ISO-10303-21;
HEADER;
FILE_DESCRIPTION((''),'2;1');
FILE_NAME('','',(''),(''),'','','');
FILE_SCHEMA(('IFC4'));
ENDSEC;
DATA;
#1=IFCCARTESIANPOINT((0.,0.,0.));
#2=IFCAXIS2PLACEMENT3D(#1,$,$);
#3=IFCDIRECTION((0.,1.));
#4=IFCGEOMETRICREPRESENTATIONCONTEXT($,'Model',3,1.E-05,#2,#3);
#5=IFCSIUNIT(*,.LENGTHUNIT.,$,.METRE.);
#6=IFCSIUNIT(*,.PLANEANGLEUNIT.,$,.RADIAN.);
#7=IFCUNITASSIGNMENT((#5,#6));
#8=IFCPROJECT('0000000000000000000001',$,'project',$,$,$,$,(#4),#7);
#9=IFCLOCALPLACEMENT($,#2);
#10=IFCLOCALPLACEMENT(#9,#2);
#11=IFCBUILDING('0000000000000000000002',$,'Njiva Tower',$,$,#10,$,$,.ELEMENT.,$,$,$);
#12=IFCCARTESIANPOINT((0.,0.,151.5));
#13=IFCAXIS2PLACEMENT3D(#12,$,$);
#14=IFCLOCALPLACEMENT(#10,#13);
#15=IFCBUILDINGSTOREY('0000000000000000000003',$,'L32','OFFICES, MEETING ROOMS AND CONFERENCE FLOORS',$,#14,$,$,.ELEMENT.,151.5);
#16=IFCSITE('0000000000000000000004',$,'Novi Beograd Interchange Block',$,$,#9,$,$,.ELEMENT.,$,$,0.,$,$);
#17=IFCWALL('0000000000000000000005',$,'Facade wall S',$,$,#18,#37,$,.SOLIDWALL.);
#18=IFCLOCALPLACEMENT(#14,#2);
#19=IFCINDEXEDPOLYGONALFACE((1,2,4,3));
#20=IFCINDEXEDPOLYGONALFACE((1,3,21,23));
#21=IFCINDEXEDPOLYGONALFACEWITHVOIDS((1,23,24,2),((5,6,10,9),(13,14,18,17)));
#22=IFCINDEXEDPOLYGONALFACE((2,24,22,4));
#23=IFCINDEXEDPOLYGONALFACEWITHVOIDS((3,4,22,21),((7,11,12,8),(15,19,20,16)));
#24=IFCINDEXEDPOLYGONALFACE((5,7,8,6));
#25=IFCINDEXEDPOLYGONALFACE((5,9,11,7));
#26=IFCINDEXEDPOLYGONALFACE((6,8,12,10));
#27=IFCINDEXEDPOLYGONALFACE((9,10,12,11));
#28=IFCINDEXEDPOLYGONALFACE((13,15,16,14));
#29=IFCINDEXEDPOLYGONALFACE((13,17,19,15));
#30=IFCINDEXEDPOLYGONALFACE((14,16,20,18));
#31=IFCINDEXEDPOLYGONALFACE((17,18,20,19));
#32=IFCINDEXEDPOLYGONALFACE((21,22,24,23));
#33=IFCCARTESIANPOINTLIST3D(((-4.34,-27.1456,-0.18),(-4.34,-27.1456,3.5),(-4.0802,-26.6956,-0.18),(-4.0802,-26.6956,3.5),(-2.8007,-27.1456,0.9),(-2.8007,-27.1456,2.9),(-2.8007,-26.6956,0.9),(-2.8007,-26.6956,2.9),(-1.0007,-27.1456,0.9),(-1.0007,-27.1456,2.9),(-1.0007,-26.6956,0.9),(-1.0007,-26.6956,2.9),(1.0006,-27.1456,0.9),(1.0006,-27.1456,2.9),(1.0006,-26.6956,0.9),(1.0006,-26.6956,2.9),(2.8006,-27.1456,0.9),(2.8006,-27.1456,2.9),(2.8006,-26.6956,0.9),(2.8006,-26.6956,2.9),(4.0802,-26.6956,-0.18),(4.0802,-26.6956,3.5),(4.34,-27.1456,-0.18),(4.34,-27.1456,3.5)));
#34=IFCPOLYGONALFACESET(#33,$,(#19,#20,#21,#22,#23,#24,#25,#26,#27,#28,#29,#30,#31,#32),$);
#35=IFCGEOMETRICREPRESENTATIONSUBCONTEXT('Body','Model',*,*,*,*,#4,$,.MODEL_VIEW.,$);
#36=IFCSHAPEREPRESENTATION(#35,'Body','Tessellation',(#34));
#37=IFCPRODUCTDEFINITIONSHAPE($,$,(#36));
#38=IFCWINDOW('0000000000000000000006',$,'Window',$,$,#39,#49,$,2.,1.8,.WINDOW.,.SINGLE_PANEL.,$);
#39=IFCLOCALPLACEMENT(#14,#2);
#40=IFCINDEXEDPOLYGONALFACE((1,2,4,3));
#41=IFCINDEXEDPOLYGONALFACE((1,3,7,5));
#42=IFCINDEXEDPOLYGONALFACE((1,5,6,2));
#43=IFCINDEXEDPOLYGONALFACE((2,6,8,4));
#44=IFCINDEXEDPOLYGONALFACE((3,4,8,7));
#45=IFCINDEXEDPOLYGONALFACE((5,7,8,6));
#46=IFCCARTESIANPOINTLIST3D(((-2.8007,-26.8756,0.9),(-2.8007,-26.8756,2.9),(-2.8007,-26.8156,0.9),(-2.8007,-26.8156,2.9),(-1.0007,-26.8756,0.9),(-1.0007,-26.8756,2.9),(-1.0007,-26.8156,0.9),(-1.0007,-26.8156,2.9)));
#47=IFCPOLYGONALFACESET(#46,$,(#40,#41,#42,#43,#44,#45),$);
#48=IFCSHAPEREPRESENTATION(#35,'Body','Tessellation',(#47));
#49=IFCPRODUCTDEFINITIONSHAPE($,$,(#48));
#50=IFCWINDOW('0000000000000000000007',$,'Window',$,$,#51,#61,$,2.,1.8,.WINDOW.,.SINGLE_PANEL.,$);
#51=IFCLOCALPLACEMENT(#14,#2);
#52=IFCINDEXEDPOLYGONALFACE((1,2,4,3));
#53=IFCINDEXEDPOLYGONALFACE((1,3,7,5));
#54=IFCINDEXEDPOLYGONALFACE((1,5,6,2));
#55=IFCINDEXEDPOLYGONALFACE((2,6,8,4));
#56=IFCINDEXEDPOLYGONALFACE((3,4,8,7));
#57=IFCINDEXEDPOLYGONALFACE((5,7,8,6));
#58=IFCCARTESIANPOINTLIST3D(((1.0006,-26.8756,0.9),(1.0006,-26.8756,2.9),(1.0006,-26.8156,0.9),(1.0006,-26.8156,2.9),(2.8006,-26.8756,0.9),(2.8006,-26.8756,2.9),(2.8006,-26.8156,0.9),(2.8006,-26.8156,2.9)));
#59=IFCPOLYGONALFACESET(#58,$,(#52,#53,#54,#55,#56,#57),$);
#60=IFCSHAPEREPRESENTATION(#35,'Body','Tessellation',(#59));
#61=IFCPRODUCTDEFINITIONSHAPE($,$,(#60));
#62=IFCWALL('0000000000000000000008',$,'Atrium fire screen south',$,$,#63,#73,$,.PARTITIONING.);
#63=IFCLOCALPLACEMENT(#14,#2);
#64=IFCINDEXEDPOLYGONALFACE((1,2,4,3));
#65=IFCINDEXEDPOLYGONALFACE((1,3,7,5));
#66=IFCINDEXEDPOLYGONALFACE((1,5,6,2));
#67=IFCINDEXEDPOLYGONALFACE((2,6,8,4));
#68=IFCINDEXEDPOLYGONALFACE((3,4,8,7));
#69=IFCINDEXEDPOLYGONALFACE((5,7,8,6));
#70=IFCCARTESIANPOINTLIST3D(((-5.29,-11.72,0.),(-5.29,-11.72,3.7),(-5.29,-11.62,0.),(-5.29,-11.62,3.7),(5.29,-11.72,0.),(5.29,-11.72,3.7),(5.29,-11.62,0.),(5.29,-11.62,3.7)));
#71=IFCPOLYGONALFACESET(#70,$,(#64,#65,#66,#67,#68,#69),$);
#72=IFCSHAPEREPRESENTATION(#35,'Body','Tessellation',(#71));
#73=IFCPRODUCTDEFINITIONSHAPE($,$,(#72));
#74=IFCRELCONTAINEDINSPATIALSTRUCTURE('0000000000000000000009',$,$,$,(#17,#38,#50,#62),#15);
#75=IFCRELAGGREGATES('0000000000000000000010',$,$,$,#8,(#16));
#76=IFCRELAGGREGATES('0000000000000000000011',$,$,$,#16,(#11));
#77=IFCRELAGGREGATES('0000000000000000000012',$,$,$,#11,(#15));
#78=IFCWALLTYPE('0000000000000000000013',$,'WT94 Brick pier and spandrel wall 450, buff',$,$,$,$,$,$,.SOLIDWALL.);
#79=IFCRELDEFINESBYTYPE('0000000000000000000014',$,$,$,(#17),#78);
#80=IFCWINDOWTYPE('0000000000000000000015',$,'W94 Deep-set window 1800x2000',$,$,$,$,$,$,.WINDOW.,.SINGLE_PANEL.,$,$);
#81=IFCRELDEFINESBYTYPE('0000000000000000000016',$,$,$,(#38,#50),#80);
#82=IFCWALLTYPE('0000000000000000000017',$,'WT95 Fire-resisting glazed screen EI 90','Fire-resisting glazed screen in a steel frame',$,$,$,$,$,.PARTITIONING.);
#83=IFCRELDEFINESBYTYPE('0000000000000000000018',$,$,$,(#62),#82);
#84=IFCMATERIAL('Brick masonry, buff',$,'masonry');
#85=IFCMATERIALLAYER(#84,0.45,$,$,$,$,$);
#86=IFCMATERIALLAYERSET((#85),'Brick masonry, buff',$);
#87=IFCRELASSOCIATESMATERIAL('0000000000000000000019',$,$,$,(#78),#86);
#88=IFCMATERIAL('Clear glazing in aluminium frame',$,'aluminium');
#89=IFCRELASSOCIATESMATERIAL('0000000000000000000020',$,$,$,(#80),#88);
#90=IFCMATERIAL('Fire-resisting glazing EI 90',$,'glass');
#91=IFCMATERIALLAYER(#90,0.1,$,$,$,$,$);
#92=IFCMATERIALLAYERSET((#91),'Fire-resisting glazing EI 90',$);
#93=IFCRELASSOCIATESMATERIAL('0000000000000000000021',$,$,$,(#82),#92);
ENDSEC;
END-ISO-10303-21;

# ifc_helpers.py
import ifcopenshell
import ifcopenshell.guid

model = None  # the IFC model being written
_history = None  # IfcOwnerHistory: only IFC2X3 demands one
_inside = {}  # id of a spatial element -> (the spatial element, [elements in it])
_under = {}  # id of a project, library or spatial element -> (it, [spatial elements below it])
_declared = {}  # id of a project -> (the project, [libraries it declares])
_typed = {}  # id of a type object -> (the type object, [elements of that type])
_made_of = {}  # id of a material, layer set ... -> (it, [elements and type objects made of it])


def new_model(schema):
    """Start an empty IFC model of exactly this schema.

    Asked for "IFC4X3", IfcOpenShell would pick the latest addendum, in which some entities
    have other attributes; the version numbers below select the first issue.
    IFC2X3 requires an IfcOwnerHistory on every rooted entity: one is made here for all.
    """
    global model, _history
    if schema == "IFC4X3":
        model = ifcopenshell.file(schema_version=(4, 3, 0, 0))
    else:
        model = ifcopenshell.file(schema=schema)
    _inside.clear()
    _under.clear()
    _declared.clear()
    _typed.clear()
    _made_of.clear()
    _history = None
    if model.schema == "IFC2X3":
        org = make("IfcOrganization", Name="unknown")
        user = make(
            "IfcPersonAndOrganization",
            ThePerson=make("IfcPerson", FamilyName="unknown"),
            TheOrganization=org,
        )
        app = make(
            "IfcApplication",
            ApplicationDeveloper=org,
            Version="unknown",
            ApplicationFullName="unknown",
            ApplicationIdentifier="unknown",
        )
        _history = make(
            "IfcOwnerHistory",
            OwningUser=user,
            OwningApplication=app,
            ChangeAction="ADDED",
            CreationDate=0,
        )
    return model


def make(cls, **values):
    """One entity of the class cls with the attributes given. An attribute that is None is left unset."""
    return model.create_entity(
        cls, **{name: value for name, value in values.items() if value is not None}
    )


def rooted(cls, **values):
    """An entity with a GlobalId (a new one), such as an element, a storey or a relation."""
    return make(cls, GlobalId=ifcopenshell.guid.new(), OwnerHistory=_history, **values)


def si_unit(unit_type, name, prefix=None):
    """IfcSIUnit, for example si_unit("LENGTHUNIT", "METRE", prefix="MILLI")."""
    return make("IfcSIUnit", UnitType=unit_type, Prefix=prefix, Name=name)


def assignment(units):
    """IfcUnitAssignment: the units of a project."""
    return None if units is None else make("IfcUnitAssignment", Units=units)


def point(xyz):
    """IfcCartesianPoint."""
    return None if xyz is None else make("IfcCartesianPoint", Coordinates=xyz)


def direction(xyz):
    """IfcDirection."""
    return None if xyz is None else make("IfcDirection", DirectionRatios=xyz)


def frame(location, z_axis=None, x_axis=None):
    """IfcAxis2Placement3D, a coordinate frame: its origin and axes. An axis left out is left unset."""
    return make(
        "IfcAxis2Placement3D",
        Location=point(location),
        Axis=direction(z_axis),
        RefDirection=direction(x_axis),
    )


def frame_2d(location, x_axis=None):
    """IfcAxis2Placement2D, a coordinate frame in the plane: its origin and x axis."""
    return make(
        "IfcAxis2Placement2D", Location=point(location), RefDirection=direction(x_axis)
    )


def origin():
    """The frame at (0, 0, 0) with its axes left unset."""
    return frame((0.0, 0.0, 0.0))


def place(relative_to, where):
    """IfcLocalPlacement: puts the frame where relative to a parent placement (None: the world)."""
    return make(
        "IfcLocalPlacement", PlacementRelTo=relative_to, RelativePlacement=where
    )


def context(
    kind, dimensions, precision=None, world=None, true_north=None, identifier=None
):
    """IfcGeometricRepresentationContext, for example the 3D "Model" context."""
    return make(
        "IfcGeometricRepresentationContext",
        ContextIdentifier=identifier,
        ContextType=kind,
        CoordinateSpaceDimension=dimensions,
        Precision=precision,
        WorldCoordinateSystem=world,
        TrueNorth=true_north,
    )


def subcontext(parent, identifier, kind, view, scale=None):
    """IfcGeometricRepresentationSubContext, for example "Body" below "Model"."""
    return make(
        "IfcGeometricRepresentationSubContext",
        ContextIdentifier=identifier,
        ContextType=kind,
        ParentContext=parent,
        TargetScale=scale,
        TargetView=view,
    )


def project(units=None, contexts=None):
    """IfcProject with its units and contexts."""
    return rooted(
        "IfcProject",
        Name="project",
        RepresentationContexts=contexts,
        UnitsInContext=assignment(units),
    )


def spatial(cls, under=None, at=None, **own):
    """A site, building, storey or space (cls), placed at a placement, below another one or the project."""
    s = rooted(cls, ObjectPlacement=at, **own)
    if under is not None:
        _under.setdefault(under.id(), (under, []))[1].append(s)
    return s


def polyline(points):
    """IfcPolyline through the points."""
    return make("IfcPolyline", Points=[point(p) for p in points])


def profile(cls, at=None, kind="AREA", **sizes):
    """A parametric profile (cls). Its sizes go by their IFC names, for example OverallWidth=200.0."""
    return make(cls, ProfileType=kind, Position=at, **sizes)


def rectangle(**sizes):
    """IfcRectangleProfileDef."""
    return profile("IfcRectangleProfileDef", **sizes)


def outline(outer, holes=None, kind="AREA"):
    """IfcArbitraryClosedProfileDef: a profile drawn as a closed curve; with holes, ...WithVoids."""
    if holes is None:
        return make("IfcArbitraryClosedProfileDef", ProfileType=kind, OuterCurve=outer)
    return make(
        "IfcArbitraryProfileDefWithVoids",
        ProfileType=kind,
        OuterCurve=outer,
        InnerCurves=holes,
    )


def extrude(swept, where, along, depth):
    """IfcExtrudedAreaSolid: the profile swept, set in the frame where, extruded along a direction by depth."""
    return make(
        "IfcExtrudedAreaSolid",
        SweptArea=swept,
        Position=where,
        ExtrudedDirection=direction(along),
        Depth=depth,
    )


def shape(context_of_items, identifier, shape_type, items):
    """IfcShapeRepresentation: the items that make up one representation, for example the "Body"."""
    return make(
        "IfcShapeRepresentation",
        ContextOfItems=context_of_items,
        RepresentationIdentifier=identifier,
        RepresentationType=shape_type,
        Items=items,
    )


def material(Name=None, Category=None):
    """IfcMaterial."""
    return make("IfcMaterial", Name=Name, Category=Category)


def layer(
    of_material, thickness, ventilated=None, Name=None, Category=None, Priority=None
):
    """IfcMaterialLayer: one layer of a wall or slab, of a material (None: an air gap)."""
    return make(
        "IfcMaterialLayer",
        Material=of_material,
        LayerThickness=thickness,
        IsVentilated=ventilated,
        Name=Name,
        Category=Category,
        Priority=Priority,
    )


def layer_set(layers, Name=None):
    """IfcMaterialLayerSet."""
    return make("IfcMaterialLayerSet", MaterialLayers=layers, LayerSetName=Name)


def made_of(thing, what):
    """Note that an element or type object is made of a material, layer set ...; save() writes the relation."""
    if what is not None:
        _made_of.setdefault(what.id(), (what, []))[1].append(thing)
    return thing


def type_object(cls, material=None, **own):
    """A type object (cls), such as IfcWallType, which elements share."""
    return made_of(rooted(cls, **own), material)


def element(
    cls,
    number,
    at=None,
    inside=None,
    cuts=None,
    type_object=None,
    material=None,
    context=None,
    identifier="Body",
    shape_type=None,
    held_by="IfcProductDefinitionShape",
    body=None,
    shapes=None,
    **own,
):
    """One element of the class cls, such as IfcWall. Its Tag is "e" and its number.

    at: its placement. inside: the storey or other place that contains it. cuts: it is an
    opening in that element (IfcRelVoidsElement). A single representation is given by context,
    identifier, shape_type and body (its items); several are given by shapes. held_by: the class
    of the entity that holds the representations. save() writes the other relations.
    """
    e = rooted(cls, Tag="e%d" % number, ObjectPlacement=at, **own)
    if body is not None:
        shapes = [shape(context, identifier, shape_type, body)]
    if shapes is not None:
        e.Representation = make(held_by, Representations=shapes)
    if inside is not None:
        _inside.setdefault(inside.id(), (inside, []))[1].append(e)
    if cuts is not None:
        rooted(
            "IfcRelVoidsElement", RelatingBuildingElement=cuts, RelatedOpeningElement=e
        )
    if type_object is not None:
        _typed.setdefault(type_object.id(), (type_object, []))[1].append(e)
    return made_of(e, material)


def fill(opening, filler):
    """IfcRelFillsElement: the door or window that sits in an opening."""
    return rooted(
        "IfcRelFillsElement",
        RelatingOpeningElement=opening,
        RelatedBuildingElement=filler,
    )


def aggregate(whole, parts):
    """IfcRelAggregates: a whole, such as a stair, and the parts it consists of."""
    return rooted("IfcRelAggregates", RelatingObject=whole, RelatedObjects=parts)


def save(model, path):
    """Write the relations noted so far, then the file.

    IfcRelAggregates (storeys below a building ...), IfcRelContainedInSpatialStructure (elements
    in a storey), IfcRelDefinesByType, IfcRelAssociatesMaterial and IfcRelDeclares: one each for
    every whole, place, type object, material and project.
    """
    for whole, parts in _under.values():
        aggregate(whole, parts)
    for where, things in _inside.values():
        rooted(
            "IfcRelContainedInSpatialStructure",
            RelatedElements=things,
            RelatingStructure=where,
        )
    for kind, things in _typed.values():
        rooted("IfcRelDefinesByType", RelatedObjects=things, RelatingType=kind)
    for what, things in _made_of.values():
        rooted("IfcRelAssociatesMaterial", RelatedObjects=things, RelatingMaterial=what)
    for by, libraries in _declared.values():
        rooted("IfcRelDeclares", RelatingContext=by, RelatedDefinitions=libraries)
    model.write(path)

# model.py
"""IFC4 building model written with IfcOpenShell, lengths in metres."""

from ifc_helpers import new_model, si_unit, direction, frame, frame_2d, origin, place, context, subcontext, project, spatial, polyline, rectangle, outline, extrude, material, layer, layer_set, type_object, element, fill, save


model = new_model("IFC4")

# Units and contexts
model_context = context("Model", 3, precision=1e-05, world=origin(), true_north=direction((0.0, 1.0)))
body_context = subcontext(model_context, "Body", "Model", "MODEL_VIEW")
ifc_project = project(units=[si_unit("LENGTHUNIT", "METRE"), si_unit("PLANEANGLEUNIT", "RADIAN")], contexts=[model_context])

# Site, building, storey
site_placement = place(None, origin())
site = spatial("IfcSite", under=ifc_project, at=site_placement, Name="Novi Beograd Interchange Block", CompositionType="ELEMENT", RefElevation=0.0)
building_placement = place(site_placement, origin())
building = spatial("IfcBuilding", under=site, at=building_placement, Name="Njiva Tower", CompositionType="ELEMENT")
storey_placement = place(building_placement, frame((0.0, 0.0, 151.5)))
storey = spatial("IfcBuildingStorey", under=building, at=storey_placement, Name="L32", Description="OFFICES, MEETING ROOMS AND CONFERENCE FLOORS", CompositionType="ELEMENT", Elevation=151.5)

# Wall, openings, windows
ifc_material_1 = material(Name="Brick masonry, buff", Category="masonry")
ifc_layer_1 = layer(ifc_material_1, 0.45)
ifc_layer_set_1 = layer_set([ifc_layer_1], Name="Brick masonry, buff")
wall_type_1 = type_object("IfcWallType", Name="WT94 Brick pier and spandrel wall 450, buff", PredefinedType="SOLIDWALL", material=ifc_layer_set_1)
wall_1_placement = place(storey_placement, frame((-4.2101, -26.9206, -0.18), z_axis=(0.0, 0.0, 1.0), x_axis=(1.0, 0.0, 0.0)))
wall_1 = element("IfcWall", 1, at=wall_1_placement, inside=storey, type_object=wall_type_1, Name="Facade wall S", PredefinedType="SOLIDWALL", context=body_context, shape_type="SweptSolid", body=[
    extrude(outline(polyline([(-0.1299, -0.225), (8.5501, -0.225), (8.2903, 0.225), (0.1299, 0.225), (-0.1299, -0.225)])), origin(), (0.0, 0.0, 1.0), 3.68),
])
opening_1_placement = place(wall_1_placement, frame((1.4094, 0.0, 1.08)))
opening_1 = element("IfcOpeningElement", 2, at=opening_1_placement, cuts=wall_1, PredefinedType="OPENING", context=body_context, shape_type="SweptSolid", body=[
    extrude(rectangle(XDim=1.8, YDim=2.0, at=frame_2d((0.9, 1.0))), frame((0.0, 0.235, 0.0), z_axis=(0.0, -1.0, 0.0), x_axis=(1.0, 0.0, 0.0)), (0.0, 0.0, 1.0), 0.47),
])
opening_2_placement = place(wall_1_placement, frame((5.2107, 0.0, 1.08)))
opening_2 = element("IfcOpeningElement", 3, at=opening_2_placement, cuts=wall_1, PredefinedType="OPENING", context=body_context, shape_type="SweptSolid", body=[
    extrude(rectangle(XDim=1.8, YDim=2.0, at=frame_2d((0.9, 1.0))), frame((0.0, 0.235, 0.0), z_axis=(0.0, -1.0, 0.0), x_axis=(1.0, 0.0, 0.0)), (0.0, 0.0, 1.0), 0.47),
])
ifc_material_2 = material(Name="Clear glazing in aluminium frame", Category="aluminium")
window_type = type_object("IfcWindowType", Name="W94 Deep-set window 1800x2000", PartitioningType="SINGLE_PANEL", PredefinedType="WINDOW", material=ifc_material_2)
window_1_placement = place(opening_1_placement, origin())
window_1 = element("IfcWindow", 4, at=window_1_placement, inside=storey, type_object=window_type, Name="Window", OverallHeight=2.0, OverallWidth=1.8, PartitioningType="SINGLE_PANEL", PredefinedType="WINDOW", context=body_context, shape_type="SweptSolid", body=[
    extrude(rectangle(XDim=1.8, YDim=2.0, at=frame_2d((0.9, 1.0))), frame((0.0, 0.105, 0.0), z_axis=(0.0, -1.0, 0.0), x_axis=(1.0, 0.0, 0.0)), (0.0, 0.0, 1.0), 0.06),
])
fill(opening_1, window_1)
window_2_placement = place(opening_2_placement, origin())
window_2 = element("IfcWindow", 5, at=window_2_placement, inside=storey, type_object=window_type, Name="Window", OverallHeight=2.0, OverallWidth=1.8, PartitioningType="SINGLE_PANEL", PredefinedType="WINDOW", context=body_context, shape_type="SweptSolid", body=[
    extrude(rectangle(XDim=1.8, YDim=2.0, at=frame_2d((0.9, 1.0))), frame((0.0, 0.105, 0.0), z_axis=(0.0, -1.0, 0.0), x_axis=(1.0, 0.0, 0.0)), (0.0, 0.0, 1.0), 0.06),
])
fill(opening_2, window_2)

# Wall
ifc_material_3 = material(Name="Fire-resisting glazing EI 90", Category="glass")
ifc_layer_2 = layer(ifc_material_3, 0.1)
ifc_layer_set_2 = layer_set([ifc_layer_2], Name="Fire-resisting glazing EI 90")
wall_type_2 = type_object("IfcWallType", Name="WT95 Fire-resisting glazed screen EI 90", Description="Fire-resisting glazed screen in a steel frame", PredefinedType="PARTITIONING", material=ifc_layer_set_2)
wall_2_placement = place(storey_placement, frame((-5.29, -11.67, 0.0), z_axis=(0.0, 0.0, 1.0), x_axis=(1.0, 0.0, 0.0)))
element("IfcWall", 6, at=wall_2_placement, inside=storey, type_object=wall_type_2, Name="Atrium fire screen south", PredefinedType="PARTITIONING", context=body_context, shape_type="SweptSolid", body=[
    extrude(rectangle(XDim=10.58, YDim=0.1, at=frame_2d((5.29, 0.0))), origin(), (0.0, 0.0, 1.0), 3.7),
])

save(model, "model.ifc")
